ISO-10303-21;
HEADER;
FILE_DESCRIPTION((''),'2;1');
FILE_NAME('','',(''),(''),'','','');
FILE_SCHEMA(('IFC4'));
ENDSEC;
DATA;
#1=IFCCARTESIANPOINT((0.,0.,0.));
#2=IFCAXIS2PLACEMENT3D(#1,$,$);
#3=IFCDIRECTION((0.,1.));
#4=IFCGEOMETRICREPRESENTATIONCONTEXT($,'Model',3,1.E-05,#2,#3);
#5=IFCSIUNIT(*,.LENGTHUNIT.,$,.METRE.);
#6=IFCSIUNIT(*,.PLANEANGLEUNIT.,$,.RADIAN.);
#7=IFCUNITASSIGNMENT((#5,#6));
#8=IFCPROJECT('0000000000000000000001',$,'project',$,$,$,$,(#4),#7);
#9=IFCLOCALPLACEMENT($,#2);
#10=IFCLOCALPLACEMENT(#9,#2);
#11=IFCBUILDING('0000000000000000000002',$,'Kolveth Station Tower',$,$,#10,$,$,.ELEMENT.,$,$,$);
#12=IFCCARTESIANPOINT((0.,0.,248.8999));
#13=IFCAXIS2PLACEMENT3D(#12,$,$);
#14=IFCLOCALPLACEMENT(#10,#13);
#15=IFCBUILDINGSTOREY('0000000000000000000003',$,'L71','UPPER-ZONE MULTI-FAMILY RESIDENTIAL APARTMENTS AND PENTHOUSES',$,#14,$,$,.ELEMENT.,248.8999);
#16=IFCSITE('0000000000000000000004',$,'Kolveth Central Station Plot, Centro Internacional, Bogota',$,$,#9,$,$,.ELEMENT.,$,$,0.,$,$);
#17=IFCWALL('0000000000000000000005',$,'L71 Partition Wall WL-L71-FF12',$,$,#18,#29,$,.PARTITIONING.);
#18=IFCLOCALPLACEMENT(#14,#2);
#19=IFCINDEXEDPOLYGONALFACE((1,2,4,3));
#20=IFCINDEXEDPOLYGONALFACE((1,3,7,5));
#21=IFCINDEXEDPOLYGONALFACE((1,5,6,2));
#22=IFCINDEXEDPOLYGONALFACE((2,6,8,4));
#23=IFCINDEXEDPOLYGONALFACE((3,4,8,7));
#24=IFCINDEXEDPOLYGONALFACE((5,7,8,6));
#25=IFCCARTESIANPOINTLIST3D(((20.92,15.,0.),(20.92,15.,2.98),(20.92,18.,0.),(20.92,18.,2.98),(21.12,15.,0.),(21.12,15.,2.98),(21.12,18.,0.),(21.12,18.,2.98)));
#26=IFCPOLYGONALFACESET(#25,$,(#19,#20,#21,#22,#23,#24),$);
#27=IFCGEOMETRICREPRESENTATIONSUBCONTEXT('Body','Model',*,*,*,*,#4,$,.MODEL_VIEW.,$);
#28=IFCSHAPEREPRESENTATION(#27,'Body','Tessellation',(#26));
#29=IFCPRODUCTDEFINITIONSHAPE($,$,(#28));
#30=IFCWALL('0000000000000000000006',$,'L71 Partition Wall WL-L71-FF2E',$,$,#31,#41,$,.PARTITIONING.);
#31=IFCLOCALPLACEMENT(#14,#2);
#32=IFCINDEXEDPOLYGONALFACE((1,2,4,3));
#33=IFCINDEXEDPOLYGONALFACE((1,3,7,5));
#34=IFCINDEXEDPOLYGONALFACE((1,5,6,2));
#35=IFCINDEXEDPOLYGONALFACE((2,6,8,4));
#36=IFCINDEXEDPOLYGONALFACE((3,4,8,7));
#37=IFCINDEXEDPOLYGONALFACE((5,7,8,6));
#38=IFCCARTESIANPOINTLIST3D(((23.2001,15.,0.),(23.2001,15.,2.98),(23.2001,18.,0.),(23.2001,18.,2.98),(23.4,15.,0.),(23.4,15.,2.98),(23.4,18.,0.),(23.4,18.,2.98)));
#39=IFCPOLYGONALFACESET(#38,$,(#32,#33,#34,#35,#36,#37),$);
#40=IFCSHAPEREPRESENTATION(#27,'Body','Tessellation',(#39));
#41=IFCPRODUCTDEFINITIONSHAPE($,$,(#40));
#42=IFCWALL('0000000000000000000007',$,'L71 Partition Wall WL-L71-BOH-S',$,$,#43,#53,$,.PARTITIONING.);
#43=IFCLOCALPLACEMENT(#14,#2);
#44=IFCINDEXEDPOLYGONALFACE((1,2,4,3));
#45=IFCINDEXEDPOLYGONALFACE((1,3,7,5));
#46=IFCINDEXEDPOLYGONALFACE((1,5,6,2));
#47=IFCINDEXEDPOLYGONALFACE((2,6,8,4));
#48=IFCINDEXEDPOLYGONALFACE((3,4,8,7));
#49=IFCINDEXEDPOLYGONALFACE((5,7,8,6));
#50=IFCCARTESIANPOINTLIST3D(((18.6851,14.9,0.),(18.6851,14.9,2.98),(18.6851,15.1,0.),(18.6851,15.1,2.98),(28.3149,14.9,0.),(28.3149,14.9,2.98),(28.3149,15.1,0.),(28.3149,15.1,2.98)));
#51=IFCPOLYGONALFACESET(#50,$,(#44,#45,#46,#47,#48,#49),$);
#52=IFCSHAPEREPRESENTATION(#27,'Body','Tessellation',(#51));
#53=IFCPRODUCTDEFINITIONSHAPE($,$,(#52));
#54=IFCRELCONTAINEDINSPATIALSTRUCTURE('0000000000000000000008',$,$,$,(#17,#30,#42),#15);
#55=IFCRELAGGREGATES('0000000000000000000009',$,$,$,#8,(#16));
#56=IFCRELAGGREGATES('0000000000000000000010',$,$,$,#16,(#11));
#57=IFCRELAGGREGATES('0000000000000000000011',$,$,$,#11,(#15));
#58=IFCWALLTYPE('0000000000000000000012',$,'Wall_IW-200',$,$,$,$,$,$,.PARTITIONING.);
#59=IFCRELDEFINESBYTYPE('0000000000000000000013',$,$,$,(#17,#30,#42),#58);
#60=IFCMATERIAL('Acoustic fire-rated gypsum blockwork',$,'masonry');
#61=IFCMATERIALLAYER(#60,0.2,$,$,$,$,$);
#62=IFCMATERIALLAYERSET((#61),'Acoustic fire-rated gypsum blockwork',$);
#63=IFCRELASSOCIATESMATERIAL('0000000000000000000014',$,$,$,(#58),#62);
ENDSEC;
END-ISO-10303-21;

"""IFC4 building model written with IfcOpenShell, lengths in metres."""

from ifc_helpers import new_model, si_unit, direction, frame, frame_2d, origin, place, context, subcontext, project, spatial, rectangle, extrude, material, layer, layer_set, type_object, element, save


model = new_model("IFC4")

# Units and contexts
model_context = context("Model", 3, precision=1e-05, world=origin(), true_north=direction((0.0, 1.0)))
body_context = subcontext(model_context, "Body", "Model", "MODEL_VIEW")
ifc_project = project(units=[si_unit("LENGTHUNIT", "METRE"), si_unit("PLANEANGLEUNIT", "RADIAN")], contexts=[model_context])

# Site, building, storey
site_placement = place(None, origin())
site = spatial("IfcSite", under=ifc_project, at=site_placement, Name="Kolveth Central Station Plot, Centro Internacional, Bogota", CompositionType="ELEMENT", RefElevation=0.0)
building_placement = place(site_placement, origin())
building = spatial("IfcBuilding", under=site, at=building_placement, Name="Kolveth Station Tower", CompositionType="ELEMENT")
storey_placement = place(building_placement, frame((0.0, 0.0, 248.8999)))
storey = spatial("IfcBuildingStorey", under=building, at=storey_placement, Name="L71", Description="UPPER-ZONE MULTI-FAMILY RESIDENTIAL APARTMENTS AND PENTHOUSES", CompositionType="ELEMENT", Elevation=248.8999)

# Walls
ifc_material_1 = material(Name="Acoustic fire-rated gypsum blockwork", Category="masonry")
ifc_layer_1 = layer(ifc_material_1, 0.2)
ifc_layer_set_1 = layer_set([ifc_layer_1], Name="Acoustic fire-rated gypsum blockwork")
wall_type_1 = type_object("IfcWallType", Name="Wall_IW-200", PredefinedType="PARTITIONING", material=ifc_layer_set_1)
for number, where, z_axis, x_axis, name in (
    (1, (21.02, 15.0, 0.0), (0.0, 0.0, 1.0), (0.0, 1.0, 0.0), "L71 Partition Wall WL-L71-FF12"),
    (2, (23.3, 15.0, 0.0), (0.0, 0.0, 1.0), (0.0, 1.0, 0.0), "L71 Partition Wall WL-L71-FF2E"),
):
    element("IfcWall", number, at=place(storey_placement, frame(where, z_axis=z_axis, x_axis=x_axis)), inside=storey, type_object=wall_type_1, Name=name, PredefinedType="PARTITIONING", context=body_context, shape_type="SweptSolid", body=[
        extrude(rectangle(XDim=3.0, YDim=0.2, at=frame_2d((1.5, 0.0))), origin(), (0.0, 0.0, 1.0), 2.98),
    ])
wall_1_placement = place(storey_placement, frame((18.6851, 15.0, 0.0), z_axis=(0.0, 0.0, 1.0), x_axis=(1.0, 0.0, 0.0)))
element("IfcWall", 3, at=wall_1_placement, inside=storey, type_object=wall_type_1, Name="L71 Partition Wall WL-L71-BOH-S", PredefinedType="PARTITIONING", context=body_context, shape_type="SweptSolid", body=[
    extrude(rectangle(XDim=9.6299, YDim=0.2, at=frame_2d((4.8149, 0.0))), origin(), (0.0, 0.0, 1.0), 2.98),
])

save(model, "model.ifc")
